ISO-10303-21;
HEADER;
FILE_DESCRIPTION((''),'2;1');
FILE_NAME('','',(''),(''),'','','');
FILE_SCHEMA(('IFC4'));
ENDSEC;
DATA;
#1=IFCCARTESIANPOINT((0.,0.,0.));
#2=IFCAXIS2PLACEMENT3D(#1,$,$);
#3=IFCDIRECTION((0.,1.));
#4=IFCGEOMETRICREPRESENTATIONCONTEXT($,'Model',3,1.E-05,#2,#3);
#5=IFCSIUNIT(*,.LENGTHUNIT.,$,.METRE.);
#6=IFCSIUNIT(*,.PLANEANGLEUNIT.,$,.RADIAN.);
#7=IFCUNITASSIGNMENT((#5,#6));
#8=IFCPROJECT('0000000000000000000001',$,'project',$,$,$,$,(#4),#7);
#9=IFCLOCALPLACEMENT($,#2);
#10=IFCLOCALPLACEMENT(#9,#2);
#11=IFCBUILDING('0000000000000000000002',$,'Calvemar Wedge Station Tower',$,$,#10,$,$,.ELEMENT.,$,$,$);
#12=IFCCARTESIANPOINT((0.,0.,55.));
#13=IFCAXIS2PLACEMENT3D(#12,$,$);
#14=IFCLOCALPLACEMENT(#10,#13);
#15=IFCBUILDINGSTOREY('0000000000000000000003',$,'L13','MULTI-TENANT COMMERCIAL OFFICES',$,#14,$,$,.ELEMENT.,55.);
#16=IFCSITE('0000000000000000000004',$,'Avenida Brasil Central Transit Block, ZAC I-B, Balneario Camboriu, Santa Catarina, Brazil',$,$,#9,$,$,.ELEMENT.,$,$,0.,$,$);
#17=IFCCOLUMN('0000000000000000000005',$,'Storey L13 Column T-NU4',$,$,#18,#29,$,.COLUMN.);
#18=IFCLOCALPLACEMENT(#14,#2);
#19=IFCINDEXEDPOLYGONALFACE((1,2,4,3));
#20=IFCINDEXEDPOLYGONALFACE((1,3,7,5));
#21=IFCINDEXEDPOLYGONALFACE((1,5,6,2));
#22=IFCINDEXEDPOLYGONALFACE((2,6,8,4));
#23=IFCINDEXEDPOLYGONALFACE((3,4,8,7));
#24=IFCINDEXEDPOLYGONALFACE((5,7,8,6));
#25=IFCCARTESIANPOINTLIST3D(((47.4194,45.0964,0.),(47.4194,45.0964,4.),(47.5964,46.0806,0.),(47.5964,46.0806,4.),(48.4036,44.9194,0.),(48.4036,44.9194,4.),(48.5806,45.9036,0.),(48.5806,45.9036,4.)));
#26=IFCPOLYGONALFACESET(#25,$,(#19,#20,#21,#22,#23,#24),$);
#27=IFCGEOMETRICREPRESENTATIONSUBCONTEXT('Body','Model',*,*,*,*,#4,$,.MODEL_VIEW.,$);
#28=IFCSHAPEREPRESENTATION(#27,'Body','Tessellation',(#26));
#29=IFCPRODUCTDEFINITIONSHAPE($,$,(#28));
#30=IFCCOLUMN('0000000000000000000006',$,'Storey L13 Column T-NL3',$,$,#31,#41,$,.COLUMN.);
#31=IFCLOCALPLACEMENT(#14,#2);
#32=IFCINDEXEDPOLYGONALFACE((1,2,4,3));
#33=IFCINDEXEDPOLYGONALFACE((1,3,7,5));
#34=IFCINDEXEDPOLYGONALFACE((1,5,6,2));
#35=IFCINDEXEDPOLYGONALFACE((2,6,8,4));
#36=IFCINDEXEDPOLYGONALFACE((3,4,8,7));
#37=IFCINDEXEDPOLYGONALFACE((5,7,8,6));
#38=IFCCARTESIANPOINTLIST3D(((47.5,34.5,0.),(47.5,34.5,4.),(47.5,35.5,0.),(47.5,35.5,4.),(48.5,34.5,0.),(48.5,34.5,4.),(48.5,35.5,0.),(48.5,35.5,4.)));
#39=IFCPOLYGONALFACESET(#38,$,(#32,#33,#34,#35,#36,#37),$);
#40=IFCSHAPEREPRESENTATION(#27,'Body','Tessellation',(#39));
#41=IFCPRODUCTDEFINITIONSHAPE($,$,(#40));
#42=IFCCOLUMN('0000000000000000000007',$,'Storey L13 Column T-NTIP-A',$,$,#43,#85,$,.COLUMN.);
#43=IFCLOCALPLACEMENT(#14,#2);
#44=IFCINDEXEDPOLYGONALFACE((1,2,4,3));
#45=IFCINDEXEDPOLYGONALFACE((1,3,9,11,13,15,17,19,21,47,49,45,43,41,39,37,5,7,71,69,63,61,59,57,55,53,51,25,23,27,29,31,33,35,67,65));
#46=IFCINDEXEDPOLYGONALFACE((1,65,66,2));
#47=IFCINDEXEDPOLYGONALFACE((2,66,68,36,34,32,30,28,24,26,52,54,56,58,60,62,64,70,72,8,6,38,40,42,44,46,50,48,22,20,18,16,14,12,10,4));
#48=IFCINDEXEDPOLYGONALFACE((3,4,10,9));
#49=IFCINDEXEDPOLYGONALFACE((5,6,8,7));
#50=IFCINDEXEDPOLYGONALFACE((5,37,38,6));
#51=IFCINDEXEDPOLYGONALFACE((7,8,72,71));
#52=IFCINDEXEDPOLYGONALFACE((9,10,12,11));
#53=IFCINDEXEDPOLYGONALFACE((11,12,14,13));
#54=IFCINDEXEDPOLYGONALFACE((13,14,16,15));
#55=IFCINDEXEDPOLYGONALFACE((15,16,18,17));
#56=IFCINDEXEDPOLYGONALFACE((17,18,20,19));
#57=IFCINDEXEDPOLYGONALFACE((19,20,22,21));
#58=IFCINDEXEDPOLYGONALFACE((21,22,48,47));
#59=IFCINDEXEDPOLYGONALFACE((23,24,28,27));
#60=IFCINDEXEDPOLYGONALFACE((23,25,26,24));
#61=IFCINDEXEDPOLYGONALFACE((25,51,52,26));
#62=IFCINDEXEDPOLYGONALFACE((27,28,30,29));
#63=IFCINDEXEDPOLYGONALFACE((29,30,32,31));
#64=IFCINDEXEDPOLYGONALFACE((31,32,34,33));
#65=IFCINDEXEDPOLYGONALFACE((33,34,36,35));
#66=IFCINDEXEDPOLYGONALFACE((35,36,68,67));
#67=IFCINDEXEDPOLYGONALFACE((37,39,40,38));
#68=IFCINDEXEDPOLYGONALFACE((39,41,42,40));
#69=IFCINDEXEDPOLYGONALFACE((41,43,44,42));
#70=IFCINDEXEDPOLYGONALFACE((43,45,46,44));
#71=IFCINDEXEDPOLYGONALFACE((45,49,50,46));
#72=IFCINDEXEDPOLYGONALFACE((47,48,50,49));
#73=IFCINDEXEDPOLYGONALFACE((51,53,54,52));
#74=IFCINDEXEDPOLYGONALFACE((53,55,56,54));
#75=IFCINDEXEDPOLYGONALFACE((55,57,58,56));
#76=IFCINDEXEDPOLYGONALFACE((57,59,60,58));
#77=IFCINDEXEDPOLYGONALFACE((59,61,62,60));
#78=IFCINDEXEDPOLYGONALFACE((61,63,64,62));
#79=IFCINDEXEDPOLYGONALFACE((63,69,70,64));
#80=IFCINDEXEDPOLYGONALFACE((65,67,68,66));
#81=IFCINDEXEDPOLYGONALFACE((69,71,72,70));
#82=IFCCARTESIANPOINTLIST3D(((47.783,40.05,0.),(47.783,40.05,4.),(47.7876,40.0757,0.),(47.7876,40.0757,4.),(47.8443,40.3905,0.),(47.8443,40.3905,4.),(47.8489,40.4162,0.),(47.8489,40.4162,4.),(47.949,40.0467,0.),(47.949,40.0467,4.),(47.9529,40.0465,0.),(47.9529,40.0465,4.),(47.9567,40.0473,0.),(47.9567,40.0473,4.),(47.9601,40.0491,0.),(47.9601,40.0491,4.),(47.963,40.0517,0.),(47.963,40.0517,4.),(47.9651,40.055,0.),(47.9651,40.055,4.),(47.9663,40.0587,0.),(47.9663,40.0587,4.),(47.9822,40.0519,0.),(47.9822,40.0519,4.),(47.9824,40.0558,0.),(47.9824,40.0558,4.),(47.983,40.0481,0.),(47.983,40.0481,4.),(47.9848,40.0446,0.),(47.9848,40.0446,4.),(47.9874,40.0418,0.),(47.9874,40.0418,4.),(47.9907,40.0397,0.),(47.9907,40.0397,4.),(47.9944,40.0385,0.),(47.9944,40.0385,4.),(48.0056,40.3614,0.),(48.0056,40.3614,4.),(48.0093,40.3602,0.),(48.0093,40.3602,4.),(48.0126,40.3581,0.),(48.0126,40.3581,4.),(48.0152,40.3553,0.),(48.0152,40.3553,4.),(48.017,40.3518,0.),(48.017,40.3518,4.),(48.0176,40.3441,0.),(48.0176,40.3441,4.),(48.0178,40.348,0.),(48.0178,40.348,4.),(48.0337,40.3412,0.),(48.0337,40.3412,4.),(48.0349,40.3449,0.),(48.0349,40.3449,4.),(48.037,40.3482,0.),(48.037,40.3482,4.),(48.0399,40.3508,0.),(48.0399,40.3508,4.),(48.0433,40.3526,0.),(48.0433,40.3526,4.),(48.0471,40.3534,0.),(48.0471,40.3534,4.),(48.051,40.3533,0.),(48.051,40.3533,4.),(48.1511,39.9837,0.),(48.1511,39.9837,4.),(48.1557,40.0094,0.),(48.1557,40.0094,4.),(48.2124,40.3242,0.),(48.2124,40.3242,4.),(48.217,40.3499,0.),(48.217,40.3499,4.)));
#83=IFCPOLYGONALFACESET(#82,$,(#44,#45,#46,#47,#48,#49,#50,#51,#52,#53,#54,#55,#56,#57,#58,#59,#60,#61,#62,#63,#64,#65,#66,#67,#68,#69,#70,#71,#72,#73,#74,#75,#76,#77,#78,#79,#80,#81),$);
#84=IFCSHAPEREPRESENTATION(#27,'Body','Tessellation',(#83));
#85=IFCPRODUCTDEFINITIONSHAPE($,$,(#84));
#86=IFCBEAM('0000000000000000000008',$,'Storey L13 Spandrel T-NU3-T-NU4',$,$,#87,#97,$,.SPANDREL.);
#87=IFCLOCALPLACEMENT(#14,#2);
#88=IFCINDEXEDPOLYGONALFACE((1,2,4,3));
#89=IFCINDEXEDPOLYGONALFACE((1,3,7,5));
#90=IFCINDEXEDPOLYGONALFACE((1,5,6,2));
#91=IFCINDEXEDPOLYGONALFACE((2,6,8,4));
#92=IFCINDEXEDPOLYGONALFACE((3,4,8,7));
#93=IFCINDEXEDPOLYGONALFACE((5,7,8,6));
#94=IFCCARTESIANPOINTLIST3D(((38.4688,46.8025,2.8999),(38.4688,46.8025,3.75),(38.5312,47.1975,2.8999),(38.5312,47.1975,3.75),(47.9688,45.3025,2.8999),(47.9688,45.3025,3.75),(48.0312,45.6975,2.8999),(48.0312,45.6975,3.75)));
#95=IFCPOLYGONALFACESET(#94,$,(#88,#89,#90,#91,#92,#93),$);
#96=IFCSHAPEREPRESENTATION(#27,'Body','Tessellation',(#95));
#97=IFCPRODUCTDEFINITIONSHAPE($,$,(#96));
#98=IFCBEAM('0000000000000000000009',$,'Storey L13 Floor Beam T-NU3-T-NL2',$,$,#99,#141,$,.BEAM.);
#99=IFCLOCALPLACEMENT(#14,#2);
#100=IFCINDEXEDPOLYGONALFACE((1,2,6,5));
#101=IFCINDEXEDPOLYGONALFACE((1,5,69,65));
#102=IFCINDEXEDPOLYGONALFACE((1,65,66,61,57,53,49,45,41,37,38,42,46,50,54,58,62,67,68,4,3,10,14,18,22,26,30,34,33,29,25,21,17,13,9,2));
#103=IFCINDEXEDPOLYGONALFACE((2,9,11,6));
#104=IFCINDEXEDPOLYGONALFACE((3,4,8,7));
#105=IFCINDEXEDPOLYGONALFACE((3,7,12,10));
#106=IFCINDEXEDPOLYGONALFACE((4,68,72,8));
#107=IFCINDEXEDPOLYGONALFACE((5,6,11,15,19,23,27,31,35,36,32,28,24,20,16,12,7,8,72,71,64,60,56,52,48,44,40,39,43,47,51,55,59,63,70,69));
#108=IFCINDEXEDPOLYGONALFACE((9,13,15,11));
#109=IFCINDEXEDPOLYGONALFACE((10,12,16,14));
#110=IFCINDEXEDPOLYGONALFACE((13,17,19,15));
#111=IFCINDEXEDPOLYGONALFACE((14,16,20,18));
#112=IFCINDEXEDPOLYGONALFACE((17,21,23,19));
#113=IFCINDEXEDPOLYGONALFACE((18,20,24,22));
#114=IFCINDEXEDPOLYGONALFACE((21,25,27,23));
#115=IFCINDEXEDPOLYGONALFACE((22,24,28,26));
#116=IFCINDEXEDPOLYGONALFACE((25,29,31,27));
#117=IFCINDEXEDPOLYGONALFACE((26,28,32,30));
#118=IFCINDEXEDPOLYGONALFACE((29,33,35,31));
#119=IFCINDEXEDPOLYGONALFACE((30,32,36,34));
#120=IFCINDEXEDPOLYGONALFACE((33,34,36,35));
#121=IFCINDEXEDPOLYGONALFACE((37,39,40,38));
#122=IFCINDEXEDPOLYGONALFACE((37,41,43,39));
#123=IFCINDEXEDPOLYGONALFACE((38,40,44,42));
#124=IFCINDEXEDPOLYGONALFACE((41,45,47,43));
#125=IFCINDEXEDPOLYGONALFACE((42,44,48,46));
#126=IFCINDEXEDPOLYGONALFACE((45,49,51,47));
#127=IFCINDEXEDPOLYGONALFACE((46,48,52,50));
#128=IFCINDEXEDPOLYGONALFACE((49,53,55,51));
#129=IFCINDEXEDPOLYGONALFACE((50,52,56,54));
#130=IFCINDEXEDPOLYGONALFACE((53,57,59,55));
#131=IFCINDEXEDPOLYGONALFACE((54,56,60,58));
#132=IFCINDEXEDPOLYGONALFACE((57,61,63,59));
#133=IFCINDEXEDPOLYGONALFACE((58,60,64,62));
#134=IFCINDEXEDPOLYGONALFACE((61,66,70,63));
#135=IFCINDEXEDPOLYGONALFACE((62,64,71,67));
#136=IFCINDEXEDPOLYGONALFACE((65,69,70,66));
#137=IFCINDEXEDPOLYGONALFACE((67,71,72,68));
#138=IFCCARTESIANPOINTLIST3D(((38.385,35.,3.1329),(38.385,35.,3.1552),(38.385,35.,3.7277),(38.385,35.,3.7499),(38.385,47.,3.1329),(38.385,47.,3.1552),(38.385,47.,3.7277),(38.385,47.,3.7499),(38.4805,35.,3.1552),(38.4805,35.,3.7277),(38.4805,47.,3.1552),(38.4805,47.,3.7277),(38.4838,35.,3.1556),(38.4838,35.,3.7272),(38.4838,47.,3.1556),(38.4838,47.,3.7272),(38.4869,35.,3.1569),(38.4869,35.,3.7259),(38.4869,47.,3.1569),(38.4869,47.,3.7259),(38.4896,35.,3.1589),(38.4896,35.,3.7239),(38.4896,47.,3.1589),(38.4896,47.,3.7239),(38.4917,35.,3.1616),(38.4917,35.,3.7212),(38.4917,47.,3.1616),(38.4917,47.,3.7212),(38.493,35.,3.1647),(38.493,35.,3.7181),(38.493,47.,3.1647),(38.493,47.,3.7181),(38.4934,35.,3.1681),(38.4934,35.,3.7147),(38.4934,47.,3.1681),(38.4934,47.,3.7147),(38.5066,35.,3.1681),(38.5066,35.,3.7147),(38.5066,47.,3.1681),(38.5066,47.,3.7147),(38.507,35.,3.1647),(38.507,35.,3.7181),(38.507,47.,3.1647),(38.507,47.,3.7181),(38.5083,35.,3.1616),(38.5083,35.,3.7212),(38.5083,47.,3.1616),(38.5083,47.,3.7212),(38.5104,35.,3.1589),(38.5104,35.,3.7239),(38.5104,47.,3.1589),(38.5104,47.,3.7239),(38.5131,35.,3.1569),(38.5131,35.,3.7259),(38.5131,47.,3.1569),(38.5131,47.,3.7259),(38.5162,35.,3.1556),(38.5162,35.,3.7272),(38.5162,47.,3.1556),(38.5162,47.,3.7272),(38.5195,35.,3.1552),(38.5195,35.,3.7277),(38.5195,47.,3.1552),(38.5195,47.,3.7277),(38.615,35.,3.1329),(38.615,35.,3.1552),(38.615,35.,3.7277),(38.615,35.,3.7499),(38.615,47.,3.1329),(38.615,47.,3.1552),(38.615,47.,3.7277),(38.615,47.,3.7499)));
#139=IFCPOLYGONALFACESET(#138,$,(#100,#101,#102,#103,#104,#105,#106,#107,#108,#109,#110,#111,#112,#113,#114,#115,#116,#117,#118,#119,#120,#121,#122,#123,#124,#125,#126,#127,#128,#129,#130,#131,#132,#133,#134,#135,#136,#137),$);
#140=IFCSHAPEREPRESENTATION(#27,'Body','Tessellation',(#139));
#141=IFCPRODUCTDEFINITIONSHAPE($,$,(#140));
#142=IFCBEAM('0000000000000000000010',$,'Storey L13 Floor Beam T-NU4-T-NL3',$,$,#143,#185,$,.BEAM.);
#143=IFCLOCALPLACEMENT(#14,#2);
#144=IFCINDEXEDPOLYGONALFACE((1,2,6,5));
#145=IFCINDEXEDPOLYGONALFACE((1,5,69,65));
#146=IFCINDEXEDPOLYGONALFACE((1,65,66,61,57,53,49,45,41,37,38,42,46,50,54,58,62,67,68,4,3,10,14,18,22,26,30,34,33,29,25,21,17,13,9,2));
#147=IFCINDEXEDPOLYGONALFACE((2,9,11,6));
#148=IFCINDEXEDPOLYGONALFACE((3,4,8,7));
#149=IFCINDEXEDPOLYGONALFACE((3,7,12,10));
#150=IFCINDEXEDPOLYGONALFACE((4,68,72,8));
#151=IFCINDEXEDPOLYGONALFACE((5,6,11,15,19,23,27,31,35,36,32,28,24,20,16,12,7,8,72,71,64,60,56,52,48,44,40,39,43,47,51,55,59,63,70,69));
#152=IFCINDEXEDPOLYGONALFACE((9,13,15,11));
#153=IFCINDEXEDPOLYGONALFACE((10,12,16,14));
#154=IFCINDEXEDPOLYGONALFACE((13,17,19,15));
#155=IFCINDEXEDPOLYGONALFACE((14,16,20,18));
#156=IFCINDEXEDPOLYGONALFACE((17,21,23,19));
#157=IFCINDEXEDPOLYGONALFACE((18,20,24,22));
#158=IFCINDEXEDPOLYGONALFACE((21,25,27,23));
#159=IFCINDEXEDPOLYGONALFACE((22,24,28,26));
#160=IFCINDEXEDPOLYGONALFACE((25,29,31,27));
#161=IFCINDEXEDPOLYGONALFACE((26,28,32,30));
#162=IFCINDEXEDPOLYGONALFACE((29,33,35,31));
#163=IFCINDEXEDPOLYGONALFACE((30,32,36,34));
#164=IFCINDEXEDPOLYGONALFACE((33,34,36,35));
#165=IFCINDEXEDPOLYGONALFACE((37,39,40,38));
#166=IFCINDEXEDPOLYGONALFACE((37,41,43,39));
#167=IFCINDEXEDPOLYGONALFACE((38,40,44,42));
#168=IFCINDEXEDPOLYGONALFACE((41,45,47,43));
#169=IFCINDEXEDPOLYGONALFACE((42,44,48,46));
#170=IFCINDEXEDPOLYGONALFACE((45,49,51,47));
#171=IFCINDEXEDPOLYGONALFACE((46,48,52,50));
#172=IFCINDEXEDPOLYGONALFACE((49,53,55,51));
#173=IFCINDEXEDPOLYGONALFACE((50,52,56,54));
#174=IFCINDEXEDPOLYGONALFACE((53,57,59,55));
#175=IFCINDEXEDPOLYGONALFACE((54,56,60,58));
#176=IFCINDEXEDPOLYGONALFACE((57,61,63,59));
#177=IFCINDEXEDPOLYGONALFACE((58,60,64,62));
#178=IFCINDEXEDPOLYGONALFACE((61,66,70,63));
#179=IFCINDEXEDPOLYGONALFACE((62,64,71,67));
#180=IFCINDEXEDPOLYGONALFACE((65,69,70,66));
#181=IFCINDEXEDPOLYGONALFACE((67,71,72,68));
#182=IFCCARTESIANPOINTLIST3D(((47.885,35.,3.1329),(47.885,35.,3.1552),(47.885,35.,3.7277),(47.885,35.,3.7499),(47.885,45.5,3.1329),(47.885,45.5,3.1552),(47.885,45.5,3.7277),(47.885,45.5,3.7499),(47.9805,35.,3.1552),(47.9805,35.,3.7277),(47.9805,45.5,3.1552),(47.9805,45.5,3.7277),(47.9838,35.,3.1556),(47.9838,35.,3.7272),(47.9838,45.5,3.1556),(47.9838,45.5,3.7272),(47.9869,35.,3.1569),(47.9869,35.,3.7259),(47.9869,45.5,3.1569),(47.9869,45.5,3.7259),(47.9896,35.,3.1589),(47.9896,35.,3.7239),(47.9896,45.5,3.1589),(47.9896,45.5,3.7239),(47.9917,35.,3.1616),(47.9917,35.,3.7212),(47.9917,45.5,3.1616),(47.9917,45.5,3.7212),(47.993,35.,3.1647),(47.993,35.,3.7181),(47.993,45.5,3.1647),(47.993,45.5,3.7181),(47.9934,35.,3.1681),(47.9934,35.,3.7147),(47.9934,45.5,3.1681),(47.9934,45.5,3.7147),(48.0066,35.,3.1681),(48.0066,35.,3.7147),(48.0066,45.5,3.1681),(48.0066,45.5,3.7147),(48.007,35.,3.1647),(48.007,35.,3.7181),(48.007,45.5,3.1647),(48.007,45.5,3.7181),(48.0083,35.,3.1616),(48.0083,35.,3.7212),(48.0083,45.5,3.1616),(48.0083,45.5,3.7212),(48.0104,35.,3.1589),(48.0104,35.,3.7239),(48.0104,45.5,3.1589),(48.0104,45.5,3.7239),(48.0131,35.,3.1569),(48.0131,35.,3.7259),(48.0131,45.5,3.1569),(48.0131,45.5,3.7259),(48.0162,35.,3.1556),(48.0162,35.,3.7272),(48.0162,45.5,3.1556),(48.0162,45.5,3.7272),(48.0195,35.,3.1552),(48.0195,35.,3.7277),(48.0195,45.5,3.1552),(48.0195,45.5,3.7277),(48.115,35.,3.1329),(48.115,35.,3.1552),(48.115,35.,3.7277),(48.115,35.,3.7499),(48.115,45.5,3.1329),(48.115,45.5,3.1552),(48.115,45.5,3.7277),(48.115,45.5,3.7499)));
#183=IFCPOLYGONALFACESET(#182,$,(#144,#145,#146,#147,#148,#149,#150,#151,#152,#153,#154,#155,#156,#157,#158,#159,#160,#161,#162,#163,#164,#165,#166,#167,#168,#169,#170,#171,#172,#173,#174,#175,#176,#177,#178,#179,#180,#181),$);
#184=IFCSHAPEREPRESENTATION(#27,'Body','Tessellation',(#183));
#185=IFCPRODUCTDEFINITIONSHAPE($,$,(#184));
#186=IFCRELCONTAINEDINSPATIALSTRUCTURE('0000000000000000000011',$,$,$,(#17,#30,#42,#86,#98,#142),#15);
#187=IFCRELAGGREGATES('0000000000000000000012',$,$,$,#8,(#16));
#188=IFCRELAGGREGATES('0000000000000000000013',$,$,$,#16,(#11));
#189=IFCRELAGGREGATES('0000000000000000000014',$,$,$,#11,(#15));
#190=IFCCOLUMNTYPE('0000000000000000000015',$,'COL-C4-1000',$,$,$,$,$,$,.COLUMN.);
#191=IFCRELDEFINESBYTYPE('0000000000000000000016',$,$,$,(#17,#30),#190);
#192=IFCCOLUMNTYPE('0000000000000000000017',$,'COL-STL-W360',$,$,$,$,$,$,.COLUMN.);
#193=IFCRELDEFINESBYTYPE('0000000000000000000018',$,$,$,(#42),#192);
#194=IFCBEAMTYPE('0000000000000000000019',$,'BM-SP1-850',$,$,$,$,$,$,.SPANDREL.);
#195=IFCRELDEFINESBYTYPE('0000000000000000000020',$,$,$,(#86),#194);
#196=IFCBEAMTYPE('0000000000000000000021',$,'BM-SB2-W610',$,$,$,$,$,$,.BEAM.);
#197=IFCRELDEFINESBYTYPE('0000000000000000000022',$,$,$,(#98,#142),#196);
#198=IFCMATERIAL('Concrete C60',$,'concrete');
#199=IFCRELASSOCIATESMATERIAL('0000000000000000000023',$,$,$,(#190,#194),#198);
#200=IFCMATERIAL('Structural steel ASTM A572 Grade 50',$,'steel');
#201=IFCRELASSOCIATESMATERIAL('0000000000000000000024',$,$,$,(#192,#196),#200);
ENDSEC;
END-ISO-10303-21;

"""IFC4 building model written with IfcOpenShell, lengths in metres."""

from ifc_helpers import new_model, si_unit, direction, frame, origin, origin_2d, place, context, subcontext, project, spatial, rectangle, i_section, extrude, source, transform, mapped, material, material_profile, profile_set, type_object, element, save


model = new_model("IFC4")

# Units and contexts
model_context = context("Model", 3, precision=1e-05, world=origin(), true_north=direction((0.0, 1.0)))
body_context = subcontext(model_context, "Body", "Model", "MODEL_VIEW")
ifc_project = project(units=[si_unit("LENGTHUNIT", "METRE"), si_unit("PLANEANGLEUNIT", "RADIAN")], contexts=[model_context])

# Site, building, storey
site_placement = place(None, origin())
site = spatial("IfcSite", under=ifc_project, at=site_placement, Name="Avenida Brasil Central Transit Block, ZAC I-B, Balneario Camboriu, Santa Catarina, Brazil", CompositionType="ELEMENT", RefElevation=0.0)
building_placement = place(site_placement, origin())
building = spatial("IfcBuilding", under=site, at=building_placement, Name="Calvemar Wedge Station Tower", CompositionType="ELEMENT")
storey_placement = place(building_placement, frame((0.0, 0.0, 55.0)))
storey = spatial("IfcBuildingStorey", under=building, at=storey_placement, Name="L13", Description="MULTI-TENANT COMMERCIAL OFFICES", CompositionType="ELEMENT", Elevation=55.0)

# Columns
ifc_material_1 = material(Name="Concrete C60", Category="concrete")
ifc_material_profile_1 = material_profile(ifc_material_1, rectangle(XDim=1.0, YDim=1.0, at=origin_2d()), Name="RC1000x1000")
ifc_profile_set_1 = profile_set([ifc_material_profile_1], Name="Concrete C60")
column_type_1 = type_object("IfcColumnType", Name="COL-C4-1000", PredefinedType="COLUMN", material=ifc_profile_set_1)
shared_shape_1 = source(origin(), body_context, "Body", "SweptSolid", [
    extrude(rectangle(XDim=1.0, YDim=1.0, at=origin_2d()), origin(), (0.0, 0.0, 1.0), 4.0),
])
for number, where, z_axis, x_axis, name in (
    (1, (48.0, 45.5, 0.0), (0.0, 0.0, 1.0), (0.984196, -0.177085, 0.0), "Storey L13 Column T-NU4"),
    (2, (48.0, 35.0, 0.0), (0.0, 0.0, 1.0), (1.0, 0.0, 0.0), "Storey L13 Column T-NL3"),
):
    element("IfcColumn", number, at=place(storey_placement, frame(where, z_axis=z_axis, x_axis=x_axis)), inside=storey, type_object=column_type_1, Name=name, PredefinedType="COLUMN", context=body_context, shape_type="MappedRepresentation", body=[
        mapped(shared_shape_1, transform((0.0, 0.0, 0.0), scale=1.0)),
    ])
ifc_material_2 = material(Name="Structural steel ASTM A572 Grade 50", Category="steel")
ifc_material_profile_2 = material_profile(ifc_material_2, i_section(OverallWidth=0.374, OverallDepth=0.3721, WebThickness=0.0164, FlangeThickness=0.0261, FilletRadius=0.0149, at=origin_2d()), Name="W360x196")
ifc_profile_set_2 = profile_set([ifc_material_profile_2], Name="Structural steel ASTM A572 Grade 50")
column_type_2 = type_object("IfcColumnType", Name="COL-STL-W360", PredefinedType="COLUMN", material=ifc_profile_set_2)
shared_shape_2 = source(origin(), body_context, "Body", "SweptSolid", [
    extrude(i_section(OverallWidth=0.374, OverallDepth=0.3721, WebThickness=0.0164, FlangeThickness=0.0261, FilletRadius=0.0149, at=origin_2d()), origin(), (0.0, 0.0, 1.0), 4.0),
])
column_placement = place(storey_placement, frame((48.0, 40.2, 0.0), z_axis=(0.0, 0.0, 1.0), x_axis=(0.984196, -0.177085, 0.0)))
element("IfcColumn", 3, at=column_placement, inside=storey, type_object=column_type_2, Name="Storey L13 Column T-NTIP-A", PredefinedType="COLUMN", context=body_context, shape_type="MappedRepresentation", body=[
    mapped(shared_shape_2, transform((0.0, 0.0, 0.0), scale=1.0)),
])

# Beams
ifc_material_profile_3 = material_profile(ifc_material_1, rectangle(XDim=0.3999, YDim=0.8501, at=origin_2d()), Name="RC400x850")
ifc_profile_set_3 = profile_set([ifc_material_profile_3], Name="Concrete C60")
beam_type_1 = type_object("IfcBeamType", Name="BM-SP1-850", PredefinedType="SPANDREL", material=ifc_profile_set_3)
shared_shape_3 = source(origin(), body_context, "Body", "SweptSolid", [
    extrude(rectangle(XDim=0.3999, YDim=0.8501, at=origin_2d()), origin(), (0.0, 0.0, 1.0), 9.6177),
])
beam_1_placement = place(storey_placement, frame((38.5, 47.0, 3.325), z_axis=(0.987763, -0.155963, 0.0), x_axis=(0.155963, 0.987763, 0.0)))
element("IfcBeam", 4, at=beam_1_placement, inside=storey, type_object=beam_type_1, Name="Storey L13 Spandrel T-NU3-T-NU4", PredefinedType="SPANDREL", context=body_context, shape_type="MappedRepresentation", body=[
    mapped(shared_shape_3, transform((0.0, 0.0, 0.0), scale=1.0)),
])
ifc_material_profile_4 = material_profile(ifc_material_2, i_section(OverallWidth=0.23, OverallDepth=0.6169, WebThickness=0.0132, FlangeThickness=0.0222, FilletRadius=0.0129, at=origin_2d()), Name="W610x140")
ifc_profile_set_4 = profile_set([ifc_material_profile_4], Name="Structural steel ASTM A572 Grade 50")
beam_type_2 = type_object("IfcBeamType", Name="BM-SB2-W610", PredefinedType="BEAM", material=ifc_profile_set_4)
shared_shape_4 = source(origin(), body_context, "Body", "SweptSolid", [
    extrude(i_section(OverallWidth=0.23, OverallDepth=0.6169, WebThickness=0.0132, FlangeThickness=0.0222, FilletRadius=0.0129, at=origin_2d()), origin(), (0.0, 0.0, 1.0), 12.0),
])
beam_2_placement = place(storey_placement, frame((38.5, 47.0, 3.4414), z_axis=(0.0, -1.0, 0.0), x_axis=(1.0, 0.0, 0.0)))
element("IfcBeam", 5, at=beam_2_placement, inside=storey, type_object=beam_type_2, Name="Storey L13 Floor Beam T-NU3-T-NL2", PredefinedType="BEAM", context=body_context, shape_type="MappedRepresentation", body=[
    mapped(shared_shape_4, transform((0.0, 0.0, 0.0), scale=1.0)),
])
shared_shape_5 = source(origin(), body_context, "Body", "SweptSolid", [
    extrude(i_section(OverallWidth=0.23, OverallDepth=0.6169, WebThickness=0.0132, FlangeThickness=0.0222, FilletRadius=0.0129, at=origin_2d()), origin(), (0.0, 0.0, 1.0), 10.5),
])
beam_3_placement = place(storey_placement, frame((48.0, 45.5, 3.4414), z_axis=(0.0, -1.0, 0.0), x_axis=(1.0, 0.0, 0.0)))
element("IfcBeam", 6, at=beam_3_placement, inside=storey, type_object=beam_type_2, Name="Storey L13 Floor Beam T-NU4-T-NL3", PredefinedType="BEAM", context=body_context, shape_type="MappedRepresentation", body=[
    mapped(shared_shape_5, transform((0.0, 0.0, 0.0), scale=1.0)),
])

save(model, "model.ifc")
